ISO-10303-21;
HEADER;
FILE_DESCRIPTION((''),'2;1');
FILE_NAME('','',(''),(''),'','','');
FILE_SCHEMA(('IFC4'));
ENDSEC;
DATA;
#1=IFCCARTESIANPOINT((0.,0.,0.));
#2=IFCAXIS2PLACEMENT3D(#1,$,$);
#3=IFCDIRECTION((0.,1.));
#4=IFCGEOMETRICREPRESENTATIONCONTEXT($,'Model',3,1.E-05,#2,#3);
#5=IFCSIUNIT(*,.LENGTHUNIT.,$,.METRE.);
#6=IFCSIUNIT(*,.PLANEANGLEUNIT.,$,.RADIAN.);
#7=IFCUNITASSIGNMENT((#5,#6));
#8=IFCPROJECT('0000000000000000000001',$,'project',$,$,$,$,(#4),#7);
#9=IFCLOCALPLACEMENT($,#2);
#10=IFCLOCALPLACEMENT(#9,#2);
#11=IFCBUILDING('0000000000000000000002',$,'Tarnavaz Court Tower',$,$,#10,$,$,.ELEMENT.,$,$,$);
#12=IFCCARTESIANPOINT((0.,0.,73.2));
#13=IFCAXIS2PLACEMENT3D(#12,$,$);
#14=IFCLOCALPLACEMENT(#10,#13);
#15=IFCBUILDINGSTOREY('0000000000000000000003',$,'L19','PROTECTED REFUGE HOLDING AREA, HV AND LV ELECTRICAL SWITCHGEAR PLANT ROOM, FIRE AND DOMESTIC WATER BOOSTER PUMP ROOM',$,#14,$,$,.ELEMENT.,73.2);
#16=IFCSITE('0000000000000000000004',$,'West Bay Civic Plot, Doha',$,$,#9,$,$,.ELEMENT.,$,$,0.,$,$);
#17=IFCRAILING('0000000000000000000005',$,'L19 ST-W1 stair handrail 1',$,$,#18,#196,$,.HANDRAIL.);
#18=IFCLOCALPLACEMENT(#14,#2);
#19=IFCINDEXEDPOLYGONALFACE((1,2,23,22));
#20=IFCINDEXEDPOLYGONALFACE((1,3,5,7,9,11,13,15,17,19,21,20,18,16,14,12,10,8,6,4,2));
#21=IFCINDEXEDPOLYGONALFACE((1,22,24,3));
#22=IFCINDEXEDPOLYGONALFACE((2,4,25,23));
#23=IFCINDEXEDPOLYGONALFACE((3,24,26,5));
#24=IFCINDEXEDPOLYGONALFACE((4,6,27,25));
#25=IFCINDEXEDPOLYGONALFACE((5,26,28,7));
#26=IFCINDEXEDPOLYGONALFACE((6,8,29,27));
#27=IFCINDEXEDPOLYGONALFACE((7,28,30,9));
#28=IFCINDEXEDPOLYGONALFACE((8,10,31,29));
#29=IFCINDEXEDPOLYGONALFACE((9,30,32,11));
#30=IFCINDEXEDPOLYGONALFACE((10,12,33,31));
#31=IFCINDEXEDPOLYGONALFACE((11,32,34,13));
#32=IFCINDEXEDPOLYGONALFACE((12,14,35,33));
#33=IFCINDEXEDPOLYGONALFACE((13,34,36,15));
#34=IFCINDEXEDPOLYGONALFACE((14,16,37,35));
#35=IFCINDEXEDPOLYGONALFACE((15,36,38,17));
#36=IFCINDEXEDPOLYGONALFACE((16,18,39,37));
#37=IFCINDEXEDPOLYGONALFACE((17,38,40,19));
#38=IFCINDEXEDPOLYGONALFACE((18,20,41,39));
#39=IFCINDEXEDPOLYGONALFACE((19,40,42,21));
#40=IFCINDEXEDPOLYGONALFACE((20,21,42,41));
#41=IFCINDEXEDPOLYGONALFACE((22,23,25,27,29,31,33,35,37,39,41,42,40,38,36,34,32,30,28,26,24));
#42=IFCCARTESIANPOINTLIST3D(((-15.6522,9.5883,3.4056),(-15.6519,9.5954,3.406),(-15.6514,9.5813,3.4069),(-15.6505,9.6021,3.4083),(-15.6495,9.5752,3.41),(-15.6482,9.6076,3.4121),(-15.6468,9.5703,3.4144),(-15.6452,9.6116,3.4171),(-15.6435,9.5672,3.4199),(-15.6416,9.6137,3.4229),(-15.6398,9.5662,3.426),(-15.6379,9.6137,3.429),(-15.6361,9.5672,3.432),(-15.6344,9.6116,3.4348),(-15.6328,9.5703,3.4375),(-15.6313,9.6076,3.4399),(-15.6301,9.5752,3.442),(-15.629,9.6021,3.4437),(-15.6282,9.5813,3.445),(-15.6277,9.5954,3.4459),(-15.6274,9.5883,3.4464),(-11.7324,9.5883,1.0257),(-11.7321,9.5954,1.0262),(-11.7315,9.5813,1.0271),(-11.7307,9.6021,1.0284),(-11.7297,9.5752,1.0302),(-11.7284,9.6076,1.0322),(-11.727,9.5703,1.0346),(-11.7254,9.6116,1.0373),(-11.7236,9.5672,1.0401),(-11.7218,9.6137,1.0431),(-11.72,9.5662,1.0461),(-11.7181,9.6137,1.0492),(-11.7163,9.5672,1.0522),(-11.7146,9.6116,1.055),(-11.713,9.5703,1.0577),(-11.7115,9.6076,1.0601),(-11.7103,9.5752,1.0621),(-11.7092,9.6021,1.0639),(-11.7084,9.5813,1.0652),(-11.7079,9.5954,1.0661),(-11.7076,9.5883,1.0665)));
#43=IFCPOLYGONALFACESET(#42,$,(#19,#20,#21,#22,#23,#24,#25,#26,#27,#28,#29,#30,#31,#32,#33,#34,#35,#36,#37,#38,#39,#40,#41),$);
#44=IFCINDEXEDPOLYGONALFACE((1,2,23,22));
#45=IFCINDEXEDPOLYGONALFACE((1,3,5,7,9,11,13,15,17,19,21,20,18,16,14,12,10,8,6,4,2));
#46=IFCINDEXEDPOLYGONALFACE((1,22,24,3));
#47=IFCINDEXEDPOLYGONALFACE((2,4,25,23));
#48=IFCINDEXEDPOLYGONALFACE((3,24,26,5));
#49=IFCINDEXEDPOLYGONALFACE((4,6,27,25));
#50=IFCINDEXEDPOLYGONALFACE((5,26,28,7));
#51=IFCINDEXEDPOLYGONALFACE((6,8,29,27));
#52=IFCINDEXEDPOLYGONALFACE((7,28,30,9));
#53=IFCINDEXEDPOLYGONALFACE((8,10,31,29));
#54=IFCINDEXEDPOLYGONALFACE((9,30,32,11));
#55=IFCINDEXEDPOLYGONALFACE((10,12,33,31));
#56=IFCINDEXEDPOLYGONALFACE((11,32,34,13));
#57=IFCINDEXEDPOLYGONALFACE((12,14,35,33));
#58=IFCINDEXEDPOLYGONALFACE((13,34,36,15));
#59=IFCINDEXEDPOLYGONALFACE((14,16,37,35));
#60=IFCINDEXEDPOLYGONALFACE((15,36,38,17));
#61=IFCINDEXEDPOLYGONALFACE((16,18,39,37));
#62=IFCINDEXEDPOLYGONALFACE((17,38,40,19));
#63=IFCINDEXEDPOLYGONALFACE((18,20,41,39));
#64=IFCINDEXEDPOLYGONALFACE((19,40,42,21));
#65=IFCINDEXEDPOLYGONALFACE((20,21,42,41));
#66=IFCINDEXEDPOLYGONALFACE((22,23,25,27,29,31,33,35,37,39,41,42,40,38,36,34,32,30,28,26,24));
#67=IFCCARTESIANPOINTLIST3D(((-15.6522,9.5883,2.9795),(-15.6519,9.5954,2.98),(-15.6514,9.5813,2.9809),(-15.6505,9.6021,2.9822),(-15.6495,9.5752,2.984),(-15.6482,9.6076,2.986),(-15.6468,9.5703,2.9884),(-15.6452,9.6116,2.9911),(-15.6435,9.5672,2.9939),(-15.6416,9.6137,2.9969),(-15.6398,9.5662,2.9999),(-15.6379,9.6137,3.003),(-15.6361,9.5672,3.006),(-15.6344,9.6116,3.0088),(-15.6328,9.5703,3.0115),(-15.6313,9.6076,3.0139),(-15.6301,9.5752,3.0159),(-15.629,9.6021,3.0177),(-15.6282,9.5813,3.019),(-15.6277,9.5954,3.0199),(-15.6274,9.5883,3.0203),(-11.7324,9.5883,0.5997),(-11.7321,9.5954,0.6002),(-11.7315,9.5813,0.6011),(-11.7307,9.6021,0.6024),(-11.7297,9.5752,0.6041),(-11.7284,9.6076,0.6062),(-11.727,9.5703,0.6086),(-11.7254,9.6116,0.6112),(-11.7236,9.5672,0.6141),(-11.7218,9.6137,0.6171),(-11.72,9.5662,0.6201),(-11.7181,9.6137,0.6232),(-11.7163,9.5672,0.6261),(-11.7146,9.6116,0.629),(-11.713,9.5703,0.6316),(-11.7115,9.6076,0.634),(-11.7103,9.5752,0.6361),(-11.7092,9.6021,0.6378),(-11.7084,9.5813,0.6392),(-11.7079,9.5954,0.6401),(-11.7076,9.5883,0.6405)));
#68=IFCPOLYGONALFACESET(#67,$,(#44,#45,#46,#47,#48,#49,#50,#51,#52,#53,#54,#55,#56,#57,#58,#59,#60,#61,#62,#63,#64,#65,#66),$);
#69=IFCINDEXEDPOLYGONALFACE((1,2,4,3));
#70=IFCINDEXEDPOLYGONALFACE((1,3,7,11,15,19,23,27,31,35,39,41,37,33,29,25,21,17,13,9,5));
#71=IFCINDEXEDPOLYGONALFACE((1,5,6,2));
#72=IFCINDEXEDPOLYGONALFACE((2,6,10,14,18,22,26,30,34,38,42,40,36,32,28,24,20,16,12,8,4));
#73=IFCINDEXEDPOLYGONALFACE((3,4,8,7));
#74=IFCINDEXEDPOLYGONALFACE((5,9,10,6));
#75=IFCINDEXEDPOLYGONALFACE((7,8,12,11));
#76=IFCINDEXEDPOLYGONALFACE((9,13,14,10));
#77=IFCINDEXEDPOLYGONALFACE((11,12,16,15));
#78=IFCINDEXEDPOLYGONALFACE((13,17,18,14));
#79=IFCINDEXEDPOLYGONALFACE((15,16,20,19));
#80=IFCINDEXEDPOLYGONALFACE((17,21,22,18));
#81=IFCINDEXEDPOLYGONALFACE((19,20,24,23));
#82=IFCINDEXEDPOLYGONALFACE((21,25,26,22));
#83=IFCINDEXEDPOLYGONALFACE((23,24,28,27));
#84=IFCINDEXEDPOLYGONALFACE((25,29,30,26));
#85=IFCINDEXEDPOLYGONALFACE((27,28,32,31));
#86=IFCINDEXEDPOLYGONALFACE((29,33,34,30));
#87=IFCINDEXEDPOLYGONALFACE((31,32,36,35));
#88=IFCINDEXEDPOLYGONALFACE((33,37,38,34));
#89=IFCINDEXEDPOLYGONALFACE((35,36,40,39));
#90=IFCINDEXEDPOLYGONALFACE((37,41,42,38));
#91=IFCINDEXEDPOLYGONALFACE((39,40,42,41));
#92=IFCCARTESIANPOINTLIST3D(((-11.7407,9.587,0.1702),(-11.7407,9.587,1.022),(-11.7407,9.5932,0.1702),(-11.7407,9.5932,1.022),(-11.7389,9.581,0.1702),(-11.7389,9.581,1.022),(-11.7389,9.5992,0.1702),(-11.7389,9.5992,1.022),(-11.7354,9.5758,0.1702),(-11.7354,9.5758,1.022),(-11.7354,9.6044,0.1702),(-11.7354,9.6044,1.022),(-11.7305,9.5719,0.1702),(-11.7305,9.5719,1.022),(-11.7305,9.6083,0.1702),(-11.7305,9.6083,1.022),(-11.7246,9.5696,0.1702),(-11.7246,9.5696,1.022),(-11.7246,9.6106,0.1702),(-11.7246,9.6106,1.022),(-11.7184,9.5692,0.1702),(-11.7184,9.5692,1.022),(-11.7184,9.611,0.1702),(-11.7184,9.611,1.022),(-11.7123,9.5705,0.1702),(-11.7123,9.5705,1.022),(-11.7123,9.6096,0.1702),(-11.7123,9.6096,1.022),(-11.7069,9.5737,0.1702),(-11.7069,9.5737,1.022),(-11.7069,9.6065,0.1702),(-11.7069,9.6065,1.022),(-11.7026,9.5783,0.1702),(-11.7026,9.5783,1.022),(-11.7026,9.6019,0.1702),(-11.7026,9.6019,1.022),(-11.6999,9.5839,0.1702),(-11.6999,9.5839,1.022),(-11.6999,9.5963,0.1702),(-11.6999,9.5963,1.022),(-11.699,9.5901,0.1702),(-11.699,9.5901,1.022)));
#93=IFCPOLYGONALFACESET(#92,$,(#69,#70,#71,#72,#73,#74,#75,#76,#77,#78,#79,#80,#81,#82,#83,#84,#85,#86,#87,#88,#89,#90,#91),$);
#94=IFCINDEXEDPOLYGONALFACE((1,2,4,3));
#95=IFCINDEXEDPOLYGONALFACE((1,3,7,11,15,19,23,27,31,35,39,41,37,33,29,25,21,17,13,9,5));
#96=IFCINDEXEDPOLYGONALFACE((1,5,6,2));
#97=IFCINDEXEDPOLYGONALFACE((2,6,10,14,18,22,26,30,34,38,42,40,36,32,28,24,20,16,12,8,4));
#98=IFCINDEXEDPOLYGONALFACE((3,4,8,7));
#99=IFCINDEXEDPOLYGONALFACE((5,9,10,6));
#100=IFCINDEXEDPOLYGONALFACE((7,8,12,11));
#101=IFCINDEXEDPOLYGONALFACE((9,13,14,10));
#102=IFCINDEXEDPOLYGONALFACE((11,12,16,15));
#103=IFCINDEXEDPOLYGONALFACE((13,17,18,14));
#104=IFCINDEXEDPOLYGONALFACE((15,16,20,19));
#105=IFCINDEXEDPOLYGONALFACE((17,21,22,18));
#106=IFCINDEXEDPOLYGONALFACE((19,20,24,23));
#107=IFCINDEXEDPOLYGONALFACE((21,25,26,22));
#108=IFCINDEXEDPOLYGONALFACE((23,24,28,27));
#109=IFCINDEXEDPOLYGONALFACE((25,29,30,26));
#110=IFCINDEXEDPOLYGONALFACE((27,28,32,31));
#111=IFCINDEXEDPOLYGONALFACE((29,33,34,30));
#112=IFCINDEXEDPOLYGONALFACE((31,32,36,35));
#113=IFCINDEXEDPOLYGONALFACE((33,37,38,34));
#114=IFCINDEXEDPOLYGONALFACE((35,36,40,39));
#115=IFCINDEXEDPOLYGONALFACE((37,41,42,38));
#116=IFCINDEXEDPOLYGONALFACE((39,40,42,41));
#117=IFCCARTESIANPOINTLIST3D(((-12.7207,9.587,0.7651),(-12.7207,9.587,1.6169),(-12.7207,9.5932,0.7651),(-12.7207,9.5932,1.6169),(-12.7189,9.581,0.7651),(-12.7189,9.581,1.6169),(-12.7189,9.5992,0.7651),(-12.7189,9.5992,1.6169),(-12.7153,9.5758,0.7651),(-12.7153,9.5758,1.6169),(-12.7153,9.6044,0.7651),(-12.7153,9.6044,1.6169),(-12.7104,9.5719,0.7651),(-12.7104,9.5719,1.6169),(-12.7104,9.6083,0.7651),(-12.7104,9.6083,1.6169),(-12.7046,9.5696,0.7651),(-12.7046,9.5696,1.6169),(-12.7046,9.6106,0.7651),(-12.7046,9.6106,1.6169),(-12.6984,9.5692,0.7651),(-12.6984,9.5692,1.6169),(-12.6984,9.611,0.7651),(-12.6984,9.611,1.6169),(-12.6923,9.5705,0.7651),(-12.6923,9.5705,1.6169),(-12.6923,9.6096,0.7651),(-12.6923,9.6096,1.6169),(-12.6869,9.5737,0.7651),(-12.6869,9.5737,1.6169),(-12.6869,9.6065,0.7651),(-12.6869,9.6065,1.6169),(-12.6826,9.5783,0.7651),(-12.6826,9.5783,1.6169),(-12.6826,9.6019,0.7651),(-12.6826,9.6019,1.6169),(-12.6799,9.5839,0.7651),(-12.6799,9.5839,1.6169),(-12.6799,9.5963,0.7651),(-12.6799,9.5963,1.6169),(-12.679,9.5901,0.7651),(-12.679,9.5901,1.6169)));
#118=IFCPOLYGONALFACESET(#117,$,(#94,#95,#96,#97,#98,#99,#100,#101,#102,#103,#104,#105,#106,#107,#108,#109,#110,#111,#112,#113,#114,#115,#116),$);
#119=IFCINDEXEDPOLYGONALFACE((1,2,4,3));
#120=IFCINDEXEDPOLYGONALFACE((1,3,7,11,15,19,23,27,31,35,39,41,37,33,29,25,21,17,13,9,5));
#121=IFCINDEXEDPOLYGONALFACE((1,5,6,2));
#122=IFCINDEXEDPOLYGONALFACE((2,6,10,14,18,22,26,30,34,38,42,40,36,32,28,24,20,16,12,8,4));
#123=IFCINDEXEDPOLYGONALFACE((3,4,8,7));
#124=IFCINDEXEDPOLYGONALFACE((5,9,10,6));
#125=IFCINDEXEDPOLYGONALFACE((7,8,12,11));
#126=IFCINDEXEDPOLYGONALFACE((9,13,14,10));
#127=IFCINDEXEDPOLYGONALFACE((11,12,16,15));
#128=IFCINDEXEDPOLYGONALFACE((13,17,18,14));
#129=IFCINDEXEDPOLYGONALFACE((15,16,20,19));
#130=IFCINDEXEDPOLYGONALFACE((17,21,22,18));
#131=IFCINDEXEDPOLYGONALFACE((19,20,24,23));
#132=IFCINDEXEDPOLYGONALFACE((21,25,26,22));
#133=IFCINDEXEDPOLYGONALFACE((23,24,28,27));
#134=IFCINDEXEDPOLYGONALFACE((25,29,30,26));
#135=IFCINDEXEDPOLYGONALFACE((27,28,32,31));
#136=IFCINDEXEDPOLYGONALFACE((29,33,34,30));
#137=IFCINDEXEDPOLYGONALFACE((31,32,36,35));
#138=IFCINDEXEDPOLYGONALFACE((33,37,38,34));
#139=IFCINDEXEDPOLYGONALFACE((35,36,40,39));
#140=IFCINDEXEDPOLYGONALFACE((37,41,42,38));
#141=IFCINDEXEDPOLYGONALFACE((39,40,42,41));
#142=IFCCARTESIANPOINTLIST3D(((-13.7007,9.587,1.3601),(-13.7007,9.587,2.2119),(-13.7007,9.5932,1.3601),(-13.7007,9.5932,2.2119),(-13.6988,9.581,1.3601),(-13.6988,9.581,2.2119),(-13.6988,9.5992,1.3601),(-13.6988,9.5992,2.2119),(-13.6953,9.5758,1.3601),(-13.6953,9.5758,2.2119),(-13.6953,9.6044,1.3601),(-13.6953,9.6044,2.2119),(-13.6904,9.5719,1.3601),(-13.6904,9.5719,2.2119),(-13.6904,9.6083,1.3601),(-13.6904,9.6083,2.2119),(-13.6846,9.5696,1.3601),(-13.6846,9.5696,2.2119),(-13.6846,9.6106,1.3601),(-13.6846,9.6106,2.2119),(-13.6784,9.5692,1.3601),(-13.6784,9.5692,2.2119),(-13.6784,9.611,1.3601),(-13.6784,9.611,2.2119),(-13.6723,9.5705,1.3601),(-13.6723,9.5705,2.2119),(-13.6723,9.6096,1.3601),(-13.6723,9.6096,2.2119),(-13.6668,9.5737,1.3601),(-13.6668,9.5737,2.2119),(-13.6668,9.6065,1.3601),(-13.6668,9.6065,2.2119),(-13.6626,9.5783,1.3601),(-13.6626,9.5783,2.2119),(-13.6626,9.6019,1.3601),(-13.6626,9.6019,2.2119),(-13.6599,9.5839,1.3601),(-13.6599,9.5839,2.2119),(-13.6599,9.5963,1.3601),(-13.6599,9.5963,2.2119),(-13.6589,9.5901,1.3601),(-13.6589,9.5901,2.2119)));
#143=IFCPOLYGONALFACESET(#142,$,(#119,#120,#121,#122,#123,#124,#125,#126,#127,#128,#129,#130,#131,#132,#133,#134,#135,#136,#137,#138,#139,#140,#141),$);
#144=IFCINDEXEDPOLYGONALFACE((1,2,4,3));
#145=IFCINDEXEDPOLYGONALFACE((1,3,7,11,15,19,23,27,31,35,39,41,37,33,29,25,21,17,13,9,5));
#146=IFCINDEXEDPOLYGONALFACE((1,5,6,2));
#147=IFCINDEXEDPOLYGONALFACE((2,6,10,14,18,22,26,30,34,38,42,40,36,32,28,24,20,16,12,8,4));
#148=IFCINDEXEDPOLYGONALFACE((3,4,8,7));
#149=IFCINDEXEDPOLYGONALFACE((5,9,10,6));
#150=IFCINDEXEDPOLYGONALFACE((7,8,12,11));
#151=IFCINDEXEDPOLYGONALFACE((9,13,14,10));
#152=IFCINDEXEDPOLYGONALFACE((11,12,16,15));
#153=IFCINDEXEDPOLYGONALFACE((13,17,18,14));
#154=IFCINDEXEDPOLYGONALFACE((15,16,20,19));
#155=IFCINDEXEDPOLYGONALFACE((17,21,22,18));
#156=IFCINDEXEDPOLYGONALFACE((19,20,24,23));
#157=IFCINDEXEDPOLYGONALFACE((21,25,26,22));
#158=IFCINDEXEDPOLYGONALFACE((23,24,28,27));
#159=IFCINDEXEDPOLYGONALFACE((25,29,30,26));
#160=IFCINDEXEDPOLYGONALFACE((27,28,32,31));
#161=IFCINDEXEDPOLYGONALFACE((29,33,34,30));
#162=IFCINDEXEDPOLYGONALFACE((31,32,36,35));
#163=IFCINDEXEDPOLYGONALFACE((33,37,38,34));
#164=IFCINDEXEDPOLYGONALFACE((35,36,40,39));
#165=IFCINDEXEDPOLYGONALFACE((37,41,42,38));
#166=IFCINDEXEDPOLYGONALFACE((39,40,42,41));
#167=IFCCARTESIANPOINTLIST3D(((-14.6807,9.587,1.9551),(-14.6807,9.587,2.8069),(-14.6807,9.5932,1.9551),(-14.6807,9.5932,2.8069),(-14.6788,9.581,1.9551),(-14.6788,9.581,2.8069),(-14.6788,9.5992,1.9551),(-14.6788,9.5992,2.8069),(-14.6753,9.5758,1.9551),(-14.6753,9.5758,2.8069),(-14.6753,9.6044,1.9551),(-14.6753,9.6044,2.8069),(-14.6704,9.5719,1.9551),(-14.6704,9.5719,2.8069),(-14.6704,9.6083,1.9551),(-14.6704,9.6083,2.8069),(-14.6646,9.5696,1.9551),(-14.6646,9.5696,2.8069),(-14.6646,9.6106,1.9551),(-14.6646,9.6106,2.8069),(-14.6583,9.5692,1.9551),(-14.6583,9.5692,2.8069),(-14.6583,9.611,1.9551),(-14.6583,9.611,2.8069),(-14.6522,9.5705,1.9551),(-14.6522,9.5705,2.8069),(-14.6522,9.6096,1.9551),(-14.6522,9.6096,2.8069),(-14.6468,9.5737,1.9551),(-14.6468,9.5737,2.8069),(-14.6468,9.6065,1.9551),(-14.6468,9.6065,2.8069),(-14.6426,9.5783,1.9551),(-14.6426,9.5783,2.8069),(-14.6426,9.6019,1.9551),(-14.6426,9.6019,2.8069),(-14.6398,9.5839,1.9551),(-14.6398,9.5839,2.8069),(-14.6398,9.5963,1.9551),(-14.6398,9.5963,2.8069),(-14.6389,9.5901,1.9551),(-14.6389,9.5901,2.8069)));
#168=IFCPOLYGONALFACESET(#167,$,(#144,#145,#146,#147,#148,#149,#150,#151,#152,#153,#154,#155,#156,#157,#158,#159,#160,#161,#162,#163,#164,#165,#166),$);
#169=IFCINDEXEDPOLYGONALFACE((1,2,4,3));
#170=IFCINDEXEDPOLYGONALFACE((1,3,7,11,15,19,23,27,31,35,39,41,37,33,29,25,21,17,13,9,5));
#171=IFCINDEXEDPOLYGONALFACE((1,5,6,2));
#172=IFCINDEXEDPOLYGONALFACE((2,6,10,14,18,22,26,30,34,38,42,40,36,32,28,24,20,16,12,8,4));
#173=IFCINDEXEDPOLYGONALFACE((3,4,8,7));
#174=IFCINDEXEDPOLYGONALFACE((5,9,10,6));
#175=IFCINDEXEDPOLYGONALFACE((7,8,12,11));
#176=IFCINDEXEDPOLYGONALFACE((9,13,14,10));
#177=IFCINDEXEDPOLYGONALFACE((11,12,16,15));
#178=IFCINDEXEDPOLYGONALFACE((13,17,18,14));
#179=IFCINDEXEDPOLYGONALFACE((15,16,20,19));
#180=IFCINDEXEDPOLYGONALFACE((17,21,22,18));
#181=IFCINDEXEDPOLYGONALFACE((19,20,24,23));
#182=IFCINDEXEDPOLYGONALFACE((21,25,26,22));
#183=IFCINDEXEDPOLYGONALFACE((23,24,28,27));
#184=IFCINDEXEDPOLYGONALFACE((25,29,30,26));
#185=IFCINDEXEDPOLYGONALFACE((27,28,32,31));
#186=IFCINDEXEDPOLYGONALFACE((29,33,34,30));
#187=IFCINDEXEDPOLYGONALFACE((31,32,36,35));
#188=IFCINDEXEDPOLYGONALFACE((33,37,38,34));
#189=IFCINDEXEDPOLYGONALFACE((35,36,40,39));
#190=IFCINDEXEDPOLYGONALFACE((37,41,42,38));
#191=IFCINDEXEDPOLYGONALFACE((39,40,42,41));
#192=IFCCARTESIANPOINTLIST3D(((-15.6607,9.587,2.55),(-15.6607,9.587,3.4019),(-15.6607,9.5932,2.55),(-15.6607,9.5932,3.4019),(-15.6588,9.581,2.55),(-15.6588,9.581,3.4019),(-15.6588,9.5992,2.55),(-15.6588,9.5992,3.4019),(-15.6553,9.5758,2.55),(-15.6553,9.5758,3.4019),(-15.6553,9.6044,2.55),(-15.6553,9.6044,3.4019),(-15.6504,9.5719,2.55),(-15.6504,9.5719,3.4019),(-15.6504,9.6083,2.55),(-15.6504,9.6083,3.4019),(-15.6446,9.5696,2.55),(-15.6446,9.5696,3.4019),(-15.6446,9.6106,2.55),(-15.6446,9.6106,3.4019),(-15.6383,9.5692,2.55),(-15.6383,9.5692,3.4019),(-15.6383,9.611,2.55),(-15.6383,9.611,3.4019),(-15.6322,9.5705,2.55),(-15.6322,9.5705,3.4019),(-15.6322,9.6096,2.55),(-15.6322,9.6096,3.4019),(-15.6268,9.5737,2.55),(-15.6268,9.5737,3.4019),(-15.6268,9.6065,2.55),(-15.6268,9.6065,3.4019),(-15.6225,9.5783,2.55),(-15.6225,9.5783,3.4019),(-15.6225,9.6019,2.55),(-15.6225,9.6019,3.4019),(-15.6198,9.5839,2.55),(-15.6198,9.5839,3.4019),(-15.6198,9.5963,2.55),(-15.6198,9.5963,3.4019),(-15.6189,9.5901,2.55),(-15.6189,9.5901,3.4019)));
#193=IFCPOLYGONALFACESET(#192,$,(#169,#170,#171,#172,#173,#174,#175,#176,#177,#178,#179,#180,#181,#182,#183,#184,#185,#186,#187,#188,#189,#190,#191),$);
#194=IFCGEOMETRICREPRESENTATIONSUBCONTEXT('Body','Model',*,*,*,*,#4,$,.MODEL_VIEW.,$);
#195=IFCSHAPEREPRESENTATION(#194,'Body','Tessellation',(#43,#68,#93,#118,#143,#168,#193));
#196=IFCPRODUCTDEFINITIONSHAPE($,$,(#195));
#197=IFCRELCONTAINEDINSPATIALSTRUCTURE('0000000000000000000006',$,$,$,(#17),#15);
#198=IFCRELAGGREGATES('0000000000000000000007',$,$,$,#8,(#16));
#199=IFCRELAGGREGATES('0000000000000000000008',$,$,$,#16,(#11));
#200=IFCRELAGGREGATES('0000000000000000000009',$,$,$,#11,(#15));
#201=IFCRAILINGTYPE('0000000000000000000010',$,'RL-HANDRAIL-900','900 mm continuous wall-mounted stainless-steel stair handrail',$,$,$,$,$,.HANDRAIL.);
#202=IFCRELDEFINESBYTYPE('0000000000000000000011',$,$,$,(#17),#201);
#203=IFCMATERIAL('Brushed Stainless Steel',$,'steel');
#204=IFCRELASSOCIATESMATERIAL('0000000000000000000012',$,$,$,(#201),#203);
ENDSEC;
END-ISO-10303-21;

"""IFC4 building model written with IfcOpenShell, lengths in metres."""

from ifc_helpers import new_model, si_unit, direction, frame, origin, origin_2d, place, context, subcontext, project, spatial, circle, extrude, material, type_object, element, save


model = new_model("IFC4")

# Units and contexts
model_context = context("Model", 3, precision=1e-05, world=origin(), true_north=direction((0.0, 1.0)))
body_context = subcontext(model_context, "Body", "Model", "MODEL_VIEW")
ifc_project = project(units=[si_unit("LENGTHUNIT", "METRE"), si_unit("PLANEANGLEUNIT", "RADIAN")], contexts=[model_context])

# Site, building, storey
site_placement = place(None, origin())
site = spatial("IfcSite", under=ifc_project, at=site_placement, Name="West Bay Civic Plot, Doha", CompositionType="ELEMENT", RefElevation=0.0)
building_placement = place(site_placement, origin())
building = spatial("IfcBuilding", under=site, at=building_placement, Name="Tarnavaz Court Tower", CompositionType="ELEMENT")
storey_placement = place(building_placement, frame((0.0, 0.0, 73.2)))
storey = spatial("IfcBuildingStorey", under=building, at=storey_placement, Name="L19", Description="PROTECTED REFUGE HOLDING AREA, HV AND LV ELECTRICAL SWITCHGEAR PLANT ROOM, FIRE AND DOMESTIC WATER BOOSTER PUMP ROOM", CompositionType="ELEMENT", Elevation=73.2)

# Railing
ifc_material_1 = material(Name="Brushed Stainless Steel", Category="steel")
railing_type_1 = type_object("IfcRailingType", Name="RL-HANDRAIL-900", Description="900 mm continuous wall-mounted stainless-steel stair handrail", PredefinedType="HANDRAIL", material=ifc_material_1)
railing_1_placement = place(storey_placement, frame((-11.72, 9.5901, 0.1702)))
element("IfcRailing", 1, at=railing_1_placement, inside=storey, type_object=railing_type_1, Name="L19 ST-W1 stair handrail 1", PredefinedType="HANDRAIL", context=body_context, shape_type="SweptSolid", body=[
    extrude(circle(Radius=0.0239, at=origin_2d()), frame((0.0, 0.0, 0.876), z_axis=(-0.854794, 0.0, 0.518967), x_axis=(0.0, -1.0, 0.0)), (0.0, 0.0, 1.0), 4.5857),
    extrude(circle(Radius=0.0239, at=origin_2d()), frame((0.0, 0.0, 0.45), z_axis=(-0.854794, 0.0, 0.518967), x_axis=(0.0, -1.0, 0.0)), (0.0, 0.0, 1.0), 4.5857),
    extrude(circle(Radius=0.021, at=origin_2d()), origin(), (0.0, 0.0, 1.0), 0.8518),
    extrude(circle(Radius=0.021, at=origin_2d()), frame((-0.98, 0.0, 0.595)), (0.0, 0.0, 1.0), 0.8518),
    extrude(circle(Radius=0.021, at=origin_2d()), frame((-1.96, 0.0, 1.1899)), (0.0, 0.0, 1.0), 0.8518),
    extrude(circle(Radius=0.021, at=origin_2d()), frame((-2.9399, 0.0, 1.7849)), (0.0, 0.0, 1.0), 0.8518),
    extrude(circle(Radius=0.021, at=origin_2d()), frame((-3.9199, 0.0, 2.3799)), (0.0, 0.0, 1.0), 0.8518),
])

save(model, "model.ifc")
